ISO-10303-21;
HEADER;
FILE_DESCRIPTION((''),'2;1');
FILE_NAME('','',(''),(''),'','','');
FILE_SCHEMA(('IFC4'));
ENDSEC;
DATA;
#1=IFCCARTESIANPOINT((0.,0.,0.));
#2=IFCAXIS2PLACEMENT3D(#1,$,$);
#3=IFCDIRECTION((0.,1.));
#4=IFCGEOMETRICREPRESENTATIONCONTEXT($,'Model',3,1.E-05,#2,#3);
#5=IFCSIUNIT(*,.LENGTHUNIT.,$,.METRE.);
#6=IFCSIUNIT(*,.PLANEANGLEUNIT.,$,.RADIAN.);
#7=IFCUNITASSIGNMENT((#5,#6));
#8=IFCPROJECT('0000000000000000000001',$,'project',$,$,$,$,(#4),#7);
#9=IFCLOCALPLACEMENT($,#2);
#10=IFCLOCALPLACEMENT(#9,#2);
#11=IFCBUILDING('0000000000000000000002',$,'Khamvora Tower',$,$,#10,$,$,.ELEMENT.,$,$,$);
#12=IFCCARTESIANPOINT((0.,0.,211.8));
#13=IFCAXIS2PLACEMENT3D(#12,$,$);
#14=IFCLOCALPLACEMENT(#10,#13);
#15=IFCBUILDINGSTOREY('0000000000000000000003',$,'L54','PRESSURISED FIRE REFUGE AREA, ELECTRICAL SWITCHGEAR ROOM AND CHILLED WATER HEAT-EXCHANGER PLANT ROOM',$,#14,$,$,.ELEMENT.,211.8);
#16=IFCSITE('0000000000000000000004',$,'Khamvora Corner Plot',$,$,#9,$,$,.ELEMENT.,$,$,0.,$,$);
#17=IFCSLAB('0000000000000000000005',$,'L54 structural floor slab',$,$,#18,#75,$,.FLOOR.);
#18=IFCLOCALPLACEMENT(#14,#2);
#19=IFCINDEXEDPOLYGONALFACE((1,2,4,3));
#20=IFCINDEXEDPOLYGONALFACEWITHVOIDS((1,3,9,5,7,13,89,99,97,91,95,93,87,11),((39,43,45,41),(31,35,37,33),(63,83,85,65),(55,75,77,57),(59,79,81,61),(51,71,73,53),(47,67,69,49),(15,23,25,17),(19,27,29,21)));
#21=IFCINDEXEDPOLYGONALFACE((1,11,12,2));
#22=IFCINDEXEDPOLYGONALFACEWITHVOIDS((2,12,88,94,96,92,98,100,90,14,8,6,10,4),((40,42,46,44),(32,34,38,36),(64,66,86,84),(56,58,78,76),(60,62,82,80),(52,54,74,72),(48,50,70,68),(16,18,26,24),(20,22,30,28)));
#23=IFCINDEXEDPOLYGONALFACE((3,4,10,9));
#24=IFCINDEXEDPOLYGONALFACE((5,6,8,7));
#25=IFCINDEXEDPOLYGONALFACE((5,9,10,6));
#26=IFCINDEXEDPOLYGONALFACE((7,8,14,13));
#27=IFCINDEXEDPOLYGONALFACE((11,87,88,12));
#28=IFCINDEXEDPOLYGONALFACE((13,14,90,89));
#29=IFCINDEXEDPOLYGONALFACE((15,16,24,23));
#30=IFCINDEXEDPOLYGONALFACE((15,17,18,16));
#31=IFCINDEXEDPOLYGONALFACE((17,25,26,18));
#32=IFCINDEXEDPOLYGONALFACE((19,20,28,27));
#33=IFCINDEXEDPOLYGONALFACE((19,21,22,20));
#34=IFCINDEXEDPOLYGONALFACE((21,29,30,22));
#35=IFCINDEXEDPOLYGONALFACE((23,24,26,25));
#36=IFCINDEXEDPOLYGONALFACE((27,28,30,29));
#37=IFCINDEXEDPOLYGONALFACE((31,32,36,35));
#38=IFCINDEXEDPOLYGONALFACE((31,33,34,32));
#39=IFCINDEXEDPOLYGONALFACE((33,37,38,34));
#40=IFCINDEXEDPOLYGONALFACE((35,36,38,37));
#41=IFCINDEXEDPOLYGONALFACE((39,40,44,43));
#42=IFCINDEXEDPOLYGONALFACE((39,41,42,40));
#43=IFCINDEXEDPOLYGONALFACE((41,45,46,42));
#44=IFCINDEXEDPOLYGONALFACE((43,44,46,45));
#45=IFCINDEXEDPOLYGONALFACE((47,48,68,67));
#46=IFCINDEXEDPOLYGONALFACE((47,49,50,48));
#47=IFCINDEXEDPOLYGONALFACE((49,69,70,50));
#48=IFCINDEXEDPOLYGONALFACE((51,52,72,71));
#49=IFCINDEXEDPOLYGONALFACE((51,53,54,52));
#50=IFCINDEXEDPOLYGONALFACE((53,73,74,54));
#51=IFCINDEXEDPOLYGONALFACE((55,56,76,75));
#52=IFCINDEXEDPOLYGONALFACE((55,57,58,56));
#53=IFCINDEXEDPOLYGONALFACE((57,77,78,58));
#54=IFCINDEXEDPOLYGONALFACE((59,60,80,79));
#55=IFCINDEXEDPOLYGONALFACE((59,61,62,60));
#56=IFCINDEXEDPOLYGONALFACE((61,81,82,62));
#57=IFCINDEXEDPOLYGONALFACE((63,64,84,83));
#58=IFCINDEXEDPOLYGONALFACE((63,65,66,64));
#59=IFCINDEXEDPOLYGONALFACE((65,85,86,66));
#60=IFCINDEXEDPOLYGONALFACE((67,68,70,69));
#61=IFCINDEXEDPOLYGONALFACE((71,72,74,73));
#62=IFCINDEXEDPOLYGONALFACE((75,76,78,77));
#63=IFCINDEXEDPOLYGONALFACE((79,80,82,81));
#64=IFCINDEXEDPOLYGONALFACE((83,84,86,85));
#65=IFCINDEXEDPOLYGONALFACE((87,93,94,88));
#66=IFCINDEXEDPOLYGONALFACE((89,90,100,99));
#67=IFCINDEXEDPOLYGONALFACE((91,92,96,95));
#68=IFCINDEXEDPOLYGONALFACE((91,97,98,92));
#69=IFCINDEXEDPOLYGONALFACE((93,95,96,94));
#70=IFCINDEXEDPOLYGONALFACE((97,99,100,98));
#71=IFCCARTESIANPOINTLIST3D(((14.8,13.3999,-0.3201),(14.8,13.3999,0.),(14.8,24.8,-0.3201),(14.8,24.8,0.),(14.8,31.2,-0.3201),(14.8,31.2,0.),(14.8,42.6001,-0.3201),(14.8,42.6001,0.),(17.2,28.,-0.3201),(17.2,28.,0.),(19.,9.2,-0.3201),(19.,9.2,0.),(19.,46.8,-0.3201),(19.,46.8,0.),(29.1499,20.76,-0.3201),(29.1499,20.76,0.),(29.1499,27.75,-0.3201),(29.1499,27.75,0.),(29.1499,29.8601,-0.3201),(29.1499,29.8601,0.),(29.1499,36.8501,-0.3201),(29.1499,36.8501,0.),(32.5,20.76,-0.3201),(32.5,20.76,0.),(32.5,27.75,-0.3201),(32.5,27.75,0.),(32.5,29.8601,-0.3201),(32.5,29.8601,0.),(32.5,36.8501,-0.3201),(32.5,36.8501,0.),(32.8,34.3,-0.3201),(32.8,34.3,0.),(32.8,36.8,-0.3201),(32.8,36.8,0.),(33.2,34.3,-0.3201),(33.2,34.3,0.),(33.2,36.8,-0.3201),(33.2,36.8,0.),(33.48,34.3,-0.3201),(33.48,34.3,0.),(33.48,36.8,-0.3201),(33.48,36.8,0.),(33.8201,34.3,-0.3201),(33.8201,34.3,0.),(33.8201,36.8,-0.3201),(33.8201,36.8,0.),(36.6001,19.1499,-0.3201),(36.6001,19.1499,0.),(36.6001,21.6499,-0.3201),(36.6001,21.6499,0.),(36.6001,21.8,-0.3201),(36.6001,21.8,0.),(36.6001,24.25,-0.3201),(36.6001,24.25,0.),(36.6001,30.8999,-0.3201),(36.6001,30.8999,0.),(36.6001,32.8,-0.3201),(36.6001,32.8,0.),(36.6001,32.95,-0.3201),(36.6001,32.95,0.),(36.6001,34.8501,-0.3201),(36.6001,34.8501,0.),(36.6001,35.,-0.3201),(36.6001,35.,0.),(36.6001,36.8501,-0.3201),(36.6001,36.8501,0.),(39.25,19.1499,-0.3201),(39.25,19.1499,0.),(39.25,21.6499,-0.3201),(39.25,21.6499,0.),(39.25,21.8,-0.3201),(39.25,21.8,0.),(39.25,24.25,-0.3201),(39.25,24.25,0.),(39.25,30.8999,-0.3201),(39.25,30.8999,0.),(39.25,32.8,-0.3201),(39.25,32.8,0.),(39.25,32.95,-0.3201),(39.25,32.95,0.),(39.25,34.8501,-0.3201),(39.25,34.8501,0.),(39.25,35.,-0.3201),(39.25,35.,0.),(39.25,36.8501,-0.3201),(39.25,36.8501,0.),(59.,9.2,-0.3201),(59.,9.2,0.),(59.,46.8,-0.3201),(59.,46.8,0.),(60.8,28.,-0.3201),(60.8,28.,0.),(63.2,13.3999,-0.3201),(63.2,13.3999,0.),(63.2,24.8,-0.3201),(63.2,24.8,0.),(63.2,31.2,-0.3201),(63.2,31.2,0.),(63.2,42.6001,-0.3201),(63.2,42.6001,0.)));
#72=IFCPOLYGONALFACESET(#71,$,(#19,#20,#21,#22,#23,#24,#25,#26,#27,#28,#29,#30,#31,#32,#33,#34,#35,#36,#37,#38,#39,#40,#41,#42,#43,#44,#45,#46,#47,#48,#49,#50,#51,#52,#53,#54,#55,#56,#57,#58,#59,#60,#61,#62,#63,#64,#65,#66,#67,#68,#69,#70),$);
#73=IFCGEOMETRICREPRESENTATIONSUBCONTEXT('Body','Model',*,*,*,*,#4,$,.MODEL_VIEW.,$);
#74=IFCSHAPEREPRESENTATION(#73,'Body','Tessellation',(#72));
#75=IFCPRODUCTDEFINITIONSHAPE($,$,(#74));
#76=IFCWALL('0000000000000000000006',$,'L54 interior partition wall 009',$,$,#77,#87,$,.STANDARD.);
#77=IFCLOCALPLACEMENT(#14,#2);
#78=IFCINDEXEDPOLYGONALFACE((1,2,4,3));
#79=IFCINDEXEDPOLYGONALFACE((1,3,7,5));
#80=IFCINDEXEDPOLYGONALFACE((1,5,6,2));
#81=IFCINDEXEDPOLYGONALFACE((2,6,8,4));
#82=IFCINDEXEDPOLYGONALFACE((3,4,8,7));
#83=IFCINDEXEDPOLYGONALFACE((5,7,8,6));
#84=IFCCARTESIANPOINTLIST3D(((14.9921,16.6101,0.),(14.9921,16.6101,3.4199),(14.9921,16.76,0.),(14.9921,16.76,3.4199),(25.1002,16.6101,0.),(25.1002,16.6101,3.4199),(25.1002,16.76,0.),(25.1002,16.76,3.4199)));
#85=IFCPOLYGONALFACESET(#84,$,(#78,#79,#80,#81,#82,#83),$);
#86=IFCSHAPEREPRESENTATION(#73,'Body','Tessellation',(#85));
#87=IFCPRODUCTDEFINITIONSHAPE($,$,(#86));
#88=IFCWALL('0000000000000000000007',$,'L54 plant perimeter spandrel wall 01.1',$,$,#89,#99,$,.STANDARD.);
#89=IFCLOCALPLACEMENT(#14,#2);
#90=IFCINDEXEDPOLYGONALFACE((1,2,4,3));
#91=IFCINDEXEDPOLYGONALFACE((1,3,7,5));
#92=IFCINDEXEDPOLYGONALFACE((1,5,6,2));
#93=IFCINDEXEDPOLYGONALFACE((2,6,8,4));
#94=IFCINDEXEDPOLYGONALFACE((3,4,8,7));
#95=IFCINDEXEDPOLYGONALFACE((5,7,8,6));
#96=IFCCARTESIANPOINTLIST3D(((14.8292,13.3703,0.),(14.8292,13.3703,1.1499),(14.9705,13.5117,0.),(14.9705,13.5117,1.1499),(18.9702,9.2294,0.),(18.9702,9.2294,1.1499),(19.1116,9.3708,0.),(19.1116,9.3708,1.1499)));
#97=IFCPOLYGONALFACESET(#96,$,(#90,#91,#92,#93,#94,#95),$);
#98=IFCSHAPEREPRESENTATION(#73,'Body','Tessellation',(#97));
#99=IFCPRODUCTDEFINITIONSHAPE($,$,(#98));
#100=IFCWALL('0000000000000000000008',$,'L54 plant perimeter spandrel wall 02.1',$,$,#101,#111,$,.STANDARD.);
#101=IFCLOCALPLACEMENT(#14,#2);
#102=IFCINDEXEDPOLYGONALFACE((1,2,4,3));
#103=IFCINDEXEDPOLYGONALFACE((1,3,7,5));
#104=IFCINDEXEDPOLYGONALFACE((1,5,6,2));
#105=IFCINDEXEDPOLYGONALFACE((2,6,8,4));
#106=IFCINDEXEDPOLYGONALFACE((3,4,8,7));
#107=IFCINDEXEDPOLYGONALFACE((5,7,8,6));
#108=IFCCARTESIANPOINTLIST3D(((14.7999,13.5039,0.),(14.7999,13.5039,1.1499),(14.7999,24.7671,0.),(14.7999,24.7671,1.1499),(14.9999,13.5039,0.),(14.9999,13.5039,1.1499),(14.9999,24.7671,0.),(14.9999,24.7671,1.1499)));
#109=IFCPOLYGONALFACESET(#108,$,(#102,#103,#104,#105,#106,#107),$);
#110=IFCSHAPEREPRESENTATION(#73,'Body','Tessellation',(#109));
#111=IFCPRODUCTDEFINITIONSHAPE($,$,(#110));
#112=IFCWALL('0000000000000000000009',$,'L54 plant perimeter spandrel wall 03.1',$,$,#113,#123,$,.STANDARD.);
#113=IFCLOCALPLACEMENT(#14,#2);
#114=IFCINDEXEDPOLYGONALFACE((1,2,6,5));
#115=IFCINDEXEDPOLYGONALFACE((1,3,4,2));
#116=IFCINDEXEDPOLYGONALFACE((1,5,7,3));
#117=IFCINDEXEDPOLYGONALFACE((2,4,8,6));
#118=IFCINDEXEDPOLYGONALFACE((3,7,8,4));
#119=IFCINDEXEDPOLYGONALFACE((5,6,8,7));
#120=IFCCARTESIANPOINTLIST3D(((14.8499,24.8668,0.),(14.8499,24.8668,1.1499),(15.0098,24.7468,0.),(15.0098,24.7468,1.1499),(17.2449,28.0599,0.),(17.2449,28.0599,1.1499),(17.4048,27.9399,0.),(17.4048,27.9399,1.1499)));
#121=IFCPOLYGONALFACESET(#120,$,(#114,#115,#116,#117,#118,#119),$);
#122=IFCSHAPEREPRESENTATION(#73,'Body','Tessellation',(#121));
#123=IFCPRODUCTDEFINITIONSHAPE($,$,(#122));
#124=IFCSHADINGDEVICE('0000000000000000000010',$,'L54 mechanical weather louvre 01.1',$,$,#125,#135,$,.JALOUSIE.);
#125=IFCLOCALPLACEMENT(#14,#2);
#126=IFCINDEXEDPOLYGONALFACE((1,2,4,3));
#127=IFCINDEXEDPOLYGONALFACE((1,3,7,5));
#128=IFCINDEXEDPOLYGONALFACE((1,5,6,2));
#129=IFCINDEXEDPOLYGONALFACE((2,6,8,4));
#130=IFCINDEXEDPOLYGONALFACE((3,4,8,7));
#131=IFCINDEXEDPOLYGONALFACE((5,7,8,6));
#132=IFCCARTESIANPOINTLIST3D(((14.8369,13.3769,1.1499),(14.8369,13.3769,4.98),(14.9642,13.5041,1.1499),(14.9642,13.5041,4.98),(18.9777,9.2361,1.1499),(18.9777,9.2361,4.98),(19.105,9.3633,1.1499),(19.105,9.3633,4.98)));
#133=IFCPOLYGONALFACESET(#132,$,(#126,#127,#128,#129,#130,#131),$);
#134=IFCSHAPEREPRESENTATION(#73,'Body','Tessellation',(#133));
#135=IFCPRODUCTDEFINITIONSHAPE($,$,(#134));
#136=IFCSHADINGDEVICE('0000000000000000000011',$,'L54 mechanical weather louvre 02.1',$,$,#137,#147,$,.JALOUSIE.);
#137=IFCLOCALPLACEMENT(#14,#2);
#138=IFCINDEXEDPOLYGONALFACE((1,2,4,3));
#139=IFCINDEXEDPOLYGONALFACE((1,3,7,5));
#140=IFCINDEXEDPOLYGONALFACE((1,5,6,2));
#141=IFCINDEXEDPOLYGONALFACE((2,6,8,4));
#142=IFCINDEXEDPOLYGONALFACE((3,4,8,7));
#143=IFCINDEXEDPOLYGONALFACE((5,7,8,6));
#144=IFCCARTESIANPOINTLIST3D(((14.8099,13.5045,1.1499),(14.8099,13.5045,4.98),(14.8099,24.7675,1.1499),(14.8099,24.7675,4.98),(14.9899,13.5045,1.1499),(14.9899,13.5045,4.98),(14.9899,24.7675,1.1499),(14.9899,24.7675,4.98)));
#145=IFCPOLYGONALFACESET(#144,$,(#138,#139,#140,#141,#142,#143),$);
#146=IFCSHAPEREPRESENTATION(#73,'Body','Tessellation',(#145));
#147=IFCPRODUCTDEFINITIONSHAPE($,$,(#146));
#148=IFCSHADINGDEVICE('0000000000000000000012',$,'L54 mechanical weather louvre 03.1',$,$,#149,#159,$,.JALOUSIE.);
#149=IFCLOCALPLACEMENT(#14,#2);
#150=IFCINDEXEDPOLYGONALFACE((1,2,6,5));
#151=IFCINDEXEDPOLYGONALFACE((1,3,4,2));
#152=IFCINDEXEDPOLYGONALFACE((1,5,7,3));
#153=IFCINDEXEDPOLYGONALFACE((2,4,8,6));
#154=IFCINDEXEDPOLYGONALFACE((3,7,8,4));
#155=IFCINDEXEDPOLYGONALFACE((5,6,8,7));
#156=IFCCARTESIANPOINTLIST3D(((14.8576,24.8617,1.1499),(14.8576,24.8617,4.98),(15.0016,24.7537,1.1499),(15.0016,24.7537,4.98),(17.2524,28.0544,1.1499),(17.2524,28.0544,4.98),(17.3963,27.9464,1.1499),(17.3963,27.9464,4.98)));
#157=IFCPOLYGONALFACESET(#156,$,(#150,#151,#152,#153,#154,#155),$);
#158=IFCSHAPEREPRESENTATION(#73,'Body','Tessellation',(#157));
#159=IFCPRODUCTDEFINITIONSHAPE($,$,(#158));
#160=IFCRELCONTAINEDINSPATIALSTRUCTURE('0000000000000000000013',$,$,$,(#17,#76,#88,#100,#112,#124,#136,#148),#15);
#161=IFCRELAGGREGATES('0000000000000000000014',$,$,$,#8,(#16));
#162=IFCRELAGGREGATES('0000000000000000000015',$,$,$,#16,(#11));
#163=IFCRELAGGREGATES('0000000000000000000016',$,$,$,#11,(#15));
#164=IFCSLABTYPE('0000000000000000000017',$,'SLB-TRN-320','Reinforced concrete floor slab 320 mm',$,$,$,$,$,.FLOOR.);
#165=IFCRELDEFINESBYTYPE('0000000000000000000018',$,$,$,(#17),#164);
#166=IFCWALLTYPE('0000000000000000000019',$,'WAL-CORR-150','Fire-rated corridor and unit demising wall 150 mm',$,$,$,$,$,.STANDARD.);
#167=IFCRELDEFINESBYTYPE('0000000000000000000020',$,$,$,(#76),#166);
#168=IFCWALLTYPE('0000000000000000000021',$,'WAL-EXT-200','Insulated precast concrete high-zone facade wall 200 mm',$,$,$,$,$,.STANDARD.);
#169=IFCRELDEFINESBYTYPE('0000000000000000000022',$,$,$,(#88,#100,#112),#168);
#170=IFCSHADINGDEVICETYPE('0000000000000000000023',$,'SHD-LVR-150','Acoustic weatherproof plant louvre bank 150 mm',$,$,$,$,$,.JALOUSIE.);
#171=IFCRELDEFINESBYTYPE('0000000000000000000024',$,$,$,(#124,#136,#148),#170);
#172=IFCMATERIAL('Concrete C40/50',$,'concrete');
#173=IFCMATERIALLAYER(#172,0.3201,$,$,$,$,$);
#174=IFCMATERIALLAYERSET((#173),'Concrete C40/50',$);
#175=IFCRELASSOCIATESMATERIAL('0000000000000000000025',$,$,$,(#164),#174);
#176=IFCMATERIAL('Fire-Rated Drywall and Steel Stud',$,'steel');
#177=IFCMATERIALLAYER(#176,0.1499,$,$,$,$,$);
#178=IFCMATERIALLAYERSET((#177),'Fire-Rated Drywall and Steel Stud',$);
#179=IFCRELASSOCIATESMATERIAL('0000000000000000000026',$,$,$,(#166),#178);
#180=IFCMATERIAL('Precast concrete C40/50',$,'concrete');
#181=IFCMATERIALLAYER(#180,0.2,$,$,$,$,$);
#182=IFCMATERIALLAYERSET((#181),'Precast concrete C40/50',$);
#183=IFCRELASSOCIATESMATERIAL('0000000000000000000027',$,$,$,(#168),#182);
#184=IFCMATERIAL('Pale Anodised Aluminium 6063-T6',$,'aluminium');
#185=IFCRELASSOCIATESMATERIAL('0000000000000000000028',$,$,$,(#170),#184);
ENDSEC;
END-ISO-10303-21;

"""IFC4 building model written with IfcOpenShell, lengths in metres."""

from ifc_helpers import new_model, si_unit, direction, frame, frame_2d, origin, origin_2d, place, context, subcontext, project, spatial, polyline, rectangle, outline, extrude, material, layer, layer_set, type_object, element, save


model = new_model("IFC4")

# Units and contexts
model_context = context("Model", 3, precision=1e-05, world=origin(), true_north=direction((0.0, 1.0)))
body_context = subcontext(model_context, "Body", "Model", "MODEL_VIEW")
ifc_project = project(units=[si_unit("LENGTHUNIT", "METRE"), si_unit("PLANEANGLEUNIT", "RADIAN")], contexts=[model_context])

# Site, building, storey
site_placement = place(None, origin())
site = spatial("IfcSite", under=ifc_project, at=site_placement, Name="Khamvora Corner Plot", CompositionType="ELEMENT", RefElevation=0.0)
building_placement = place(site_placement, origin())
building = spatial("IfcBuilding", under=site, at=building_placement, Name="Khamvora Tower", CompositionType="ELEMENT")
storey_placement = place(building_placement, frame((0.0, 0.0, 211.8)))
storey = spatial("IfcBuildingStorey", under=building, at=storey_placement, Name="L54", Description="PRESSURISED FIRE REFUGE AREA, ELECTRICAL SWITCHGEAR ROOM AND CHILLED WATER HEAT-EXCHANGER PLANT ROOM", CompositionType="ELEMENT", Elevation=211.8)

# Shared definitions
ifc_material_1 = material(Name="Concrete C40/50", Category="concrete")

# Slab
ifc_layer_1 = layer(ifc_material_1, 0.3201)
ifc_layer_set_1 = layer_set([ifc_layer_1], Name="Concrete C40/50")
slab_type_1 = type_object("IfcSlabType", Name="SLB-TRN-320", Description="Reinforced concrete floor slab 320 mm", PredefinedType="FLOOR", material=ifc_layer_set_1)
slab_1_placement = place(storey_placement, frame((0.0, 0.0, -0.3201)))
element("IfcSlab", 1, at=slab_1_placement, inside=storey, type_object=slab_type_1, Name="L54 structural floor slab", PredefinedType="FLOOR", context=body_context, shape_type="SweptSolid", body=[
    extrude(outline(polyline([(19.0, 9.2), (59.0, 9.2), (63.2, 13.3999), (63.2, 24.8), (60.8, 28.0), (63.2, 31.2), (63.2, 42.6001), (59.0, 46.8), (19.0, 46.8), (14.8, 42.6001), (14.8, 31.2), (17.2, 28.0), (14.8, 24.8), (14.8, 13.3999), (19.0, 9.2)]), holes=[polyline([(32.5, 20.76), (32.5, 27.75), (29.1499, 27.75), (29.1499, 20.76), (32.5, 20.76)]), polyline([(32.5, 29.8601), (32.5, 36.8501), (29.1499, 36.8501), (29.1499, 29.8601), (32.5, 29.8601)]), polyline([(36.6001, 19.1499), (39.25, 19.1499), (39.25, 21.6499), (36.6001, 21.6499), (36.6001, 19.1499)]), polyline([(36.6001, 21.8), (39.25, 21.8), (39.25, 24.25), (36.6001, 24.25), (36.6001, 21.8)]), polyline([(36.6001, 30.8999), (39.25, 30.8999), (39.25, 32.8), (36.6001, 32.8), (36.6001, 30.8999)]), polyline([(36.6001, 32.95), (39.25, 32.95), (39.25, 34.8501), (36.6001, 34.8501), (36.6001, 32.95)]), polyline([(36.6001, 35.0), (39.25, 35.0), (39.25, 36.8501), (36.6001, 36.8501), (36.6001, 35.0)]), polyline([(32.8, 34.3), (33.2, 34.3), (33.2, 36.8), (32.8, 36.8), (32.8, 34.3)]), polyline([(33.48, 34.3), (33.8201, 34.3), (33.8201, 36.8), (33.48, 36.8), (33.48, 34.3)])]), origin(), (0.0, 0.0, 1.0), 0.3201),
])

# Walls
ifc_material_2 = material(Name="Fire-Rated Drywall and Steel Stud", Category="steel")
ifc_layer_2 = layer(ifc_material_2, 0.1499)
ifc_layer_set_2 = layer_set([ifc_layer_2], Name="Fire-Rated Drywall and Steel Stud")
wall_type_1 = type_object("IfcWallType", Name="WAL-CORR-150", Description="Fire-rated corridor and unit demising wall 150 mm", PredefinedType="STANDARD", material=ifc_layer_set_2)
wall_1_placement = place(storey_placement, frame((14.9919, 16.6851, 0.0), z_axis=(0.0, 0.0, 1.0), x_axis=(1.0, 0.0, 0.0)))
element("IfcWall", 2, at=wall_1_placement, inside=storey, type_object=wall_type_1, Name="L54 interior partition wall 009", PredefinedType="STANDARD", context=body_context, shape_type="SweptSolid", body=[
    extrude(rectangle(XDim=10.1082, YDim=0.1499, at=frame_2d((5.0542, 0.0))), origin(), (0.0, 0.0, 1.0), 3.4199),
])
ifc_material_3 = material(Name="Precast concrete C40/50", Category="concrete")
ifc_layer_3 = layer(ifc_material_3, 0.2)
ifc_layer_set_3 = layer_set([ifc_layer_3], Name="Precast concrete C40/50")
wall_type_2 = type_object("IfcWallType", Name="WAL-EXT-200", Description="Insulated precast concrete high-zone facade wall 200 mm", PredefinedType="STANDARD", material=ifc_layer_set_3)
wall_2_placement = place(storey_placement, frame((19.041, 9.3, 0.0), z_axis=(0.0, 0.0, 1.0), x_axis=(-0.707128, 0.707086, 0.0)))
element("IfcWall", 3, at=wall_2_placement, inside=storey, type_object=wall_type_2, Name="L54 plant perimeter spandrel wall 01.1", PredefinedType="STANDARD", context=body_context, shape_type="SweptSolid", body=[
    extrude(rectangle(XDim=5.8562, YDim=0.2, at=frame_2d((2.9282, 0.0))), origin(), (0.0, 0.0, 1.0), 1.1499),
])
wall_3_placement = place(storey_placement, frame((14.8999, 13.5039, 0.0), z_axis=(0.0, 0.0, 1.0), x_axis=(0.0, 1.0, 0.0)))
element("IfcWall", 4, at=wall_3_placement, inside=storey, type_object=wall_type_2, Name="L54 plant perimeter spandrel wall 02.1", PredefinedType="STANDARD", context=body_context, shape_type="SweptSolid", body=[
    extrude(rectangle(XDim=11.2632, YDim=0.2, at=frame_2d((5.6316, 0.0))), origin(), (0.0, 0.0, 1.0), 1.1499),
])
wall_4_placement = place(storey_placement, frame((14.9299, 24.8069, 0.0), z_axis=(0.0, 0.0, 1.0), x_axis=(0.600029, 0.799978, 0.0)))
element("IfcWall", 5, at=wall_4_placement, inside=storey, type_object=wall_type_2, Name="L54 plant perimeter spandrel wall 03.1", PredefinedType="STANDARD", context=body_context, shape_type="SweptSolid", body=[
    extrude(rectangle(XDim=3.9915, YDim=0.2, at=frame_2d((1.9956, 0.0))), origin(), (0.0, 0.0, 1.0), 1.1499),
])

# Shading devices
ifc_material_4 = material(Name="Pale Anodised Aluminium 6063-T6", Category="aluminium")
shading_device_type = type_object("IfcShadingDeviceType", Name="SHD-LVR-150", Description="Acoustic weatherproof plant louvre bank 150 mm", PredefinedType="JALOUSIE", material=ifc_material_4)
shading_device_1_placement = place(storey_placement, frame((16.9709, 11.3701, 1.1499), z_axis=(0.0, 0.0, 1.0), x_axis=(-0.707107, 0.707107, 0.0)))
element("IfcShadingDevice", 6, at=shading_device_1_placement, inside=storey, type_object=shading_device_type, Name="L54 mechanical weather louvre 01.1", PredefinedType="JALOUSIE", context=body_context, shape_type="SweptSolid", body=[
    extrude(rectangle(XDim=5.856, YDim=0.1799, at=origin_2d()), origin(), (0.0, 0.0, 1.0), 3.8301),
])
shading_device_2_placement = place(storey_placement, frame((14.8999, 19.136, 1.1499), z_axis=(0.0, 0.0, 1.0), x_axis=(0.0, 1.0, 0.0)))
element("IfcShadingDevice", 7, at=shading_device_2_placement, inside=storey, type_object=shading_device_type, Name="L54 mechanical weather louvre 02.1", PredefinedType="JALOUSIE", context=body_context, shape_type="SweptSolid", body=[
    extrude(rectangle(XDim=11.2629, YDim=0.1799, at=origin_2d()), origin(), (0.0, 0.0, 1.0), 3.8301),
])
shading_device_3_placement = place(storey_placement, frame((16.127, 26.4041, 1.1499), z_axis=(0.0, 0.0, 1.0), x_axis=(0.60004, 0.79997, 0.0)))
element("IfcShadingDevice", 8, at=shading_device_3_placement, inside=storey, type_object=shading_device_type, Name="L54 mechanical weather louvre 03.1", PredefinedType="JALOUSIE", context=body_context, shape_type="SweptSolid", body=[
    extrude(rectangle(XDim=3.991, YDim=0.1799, at=origin_2d()), origin(), (0.0, 0.0, 1.0), 3.8301),
])

save(model, "model.ifc")
